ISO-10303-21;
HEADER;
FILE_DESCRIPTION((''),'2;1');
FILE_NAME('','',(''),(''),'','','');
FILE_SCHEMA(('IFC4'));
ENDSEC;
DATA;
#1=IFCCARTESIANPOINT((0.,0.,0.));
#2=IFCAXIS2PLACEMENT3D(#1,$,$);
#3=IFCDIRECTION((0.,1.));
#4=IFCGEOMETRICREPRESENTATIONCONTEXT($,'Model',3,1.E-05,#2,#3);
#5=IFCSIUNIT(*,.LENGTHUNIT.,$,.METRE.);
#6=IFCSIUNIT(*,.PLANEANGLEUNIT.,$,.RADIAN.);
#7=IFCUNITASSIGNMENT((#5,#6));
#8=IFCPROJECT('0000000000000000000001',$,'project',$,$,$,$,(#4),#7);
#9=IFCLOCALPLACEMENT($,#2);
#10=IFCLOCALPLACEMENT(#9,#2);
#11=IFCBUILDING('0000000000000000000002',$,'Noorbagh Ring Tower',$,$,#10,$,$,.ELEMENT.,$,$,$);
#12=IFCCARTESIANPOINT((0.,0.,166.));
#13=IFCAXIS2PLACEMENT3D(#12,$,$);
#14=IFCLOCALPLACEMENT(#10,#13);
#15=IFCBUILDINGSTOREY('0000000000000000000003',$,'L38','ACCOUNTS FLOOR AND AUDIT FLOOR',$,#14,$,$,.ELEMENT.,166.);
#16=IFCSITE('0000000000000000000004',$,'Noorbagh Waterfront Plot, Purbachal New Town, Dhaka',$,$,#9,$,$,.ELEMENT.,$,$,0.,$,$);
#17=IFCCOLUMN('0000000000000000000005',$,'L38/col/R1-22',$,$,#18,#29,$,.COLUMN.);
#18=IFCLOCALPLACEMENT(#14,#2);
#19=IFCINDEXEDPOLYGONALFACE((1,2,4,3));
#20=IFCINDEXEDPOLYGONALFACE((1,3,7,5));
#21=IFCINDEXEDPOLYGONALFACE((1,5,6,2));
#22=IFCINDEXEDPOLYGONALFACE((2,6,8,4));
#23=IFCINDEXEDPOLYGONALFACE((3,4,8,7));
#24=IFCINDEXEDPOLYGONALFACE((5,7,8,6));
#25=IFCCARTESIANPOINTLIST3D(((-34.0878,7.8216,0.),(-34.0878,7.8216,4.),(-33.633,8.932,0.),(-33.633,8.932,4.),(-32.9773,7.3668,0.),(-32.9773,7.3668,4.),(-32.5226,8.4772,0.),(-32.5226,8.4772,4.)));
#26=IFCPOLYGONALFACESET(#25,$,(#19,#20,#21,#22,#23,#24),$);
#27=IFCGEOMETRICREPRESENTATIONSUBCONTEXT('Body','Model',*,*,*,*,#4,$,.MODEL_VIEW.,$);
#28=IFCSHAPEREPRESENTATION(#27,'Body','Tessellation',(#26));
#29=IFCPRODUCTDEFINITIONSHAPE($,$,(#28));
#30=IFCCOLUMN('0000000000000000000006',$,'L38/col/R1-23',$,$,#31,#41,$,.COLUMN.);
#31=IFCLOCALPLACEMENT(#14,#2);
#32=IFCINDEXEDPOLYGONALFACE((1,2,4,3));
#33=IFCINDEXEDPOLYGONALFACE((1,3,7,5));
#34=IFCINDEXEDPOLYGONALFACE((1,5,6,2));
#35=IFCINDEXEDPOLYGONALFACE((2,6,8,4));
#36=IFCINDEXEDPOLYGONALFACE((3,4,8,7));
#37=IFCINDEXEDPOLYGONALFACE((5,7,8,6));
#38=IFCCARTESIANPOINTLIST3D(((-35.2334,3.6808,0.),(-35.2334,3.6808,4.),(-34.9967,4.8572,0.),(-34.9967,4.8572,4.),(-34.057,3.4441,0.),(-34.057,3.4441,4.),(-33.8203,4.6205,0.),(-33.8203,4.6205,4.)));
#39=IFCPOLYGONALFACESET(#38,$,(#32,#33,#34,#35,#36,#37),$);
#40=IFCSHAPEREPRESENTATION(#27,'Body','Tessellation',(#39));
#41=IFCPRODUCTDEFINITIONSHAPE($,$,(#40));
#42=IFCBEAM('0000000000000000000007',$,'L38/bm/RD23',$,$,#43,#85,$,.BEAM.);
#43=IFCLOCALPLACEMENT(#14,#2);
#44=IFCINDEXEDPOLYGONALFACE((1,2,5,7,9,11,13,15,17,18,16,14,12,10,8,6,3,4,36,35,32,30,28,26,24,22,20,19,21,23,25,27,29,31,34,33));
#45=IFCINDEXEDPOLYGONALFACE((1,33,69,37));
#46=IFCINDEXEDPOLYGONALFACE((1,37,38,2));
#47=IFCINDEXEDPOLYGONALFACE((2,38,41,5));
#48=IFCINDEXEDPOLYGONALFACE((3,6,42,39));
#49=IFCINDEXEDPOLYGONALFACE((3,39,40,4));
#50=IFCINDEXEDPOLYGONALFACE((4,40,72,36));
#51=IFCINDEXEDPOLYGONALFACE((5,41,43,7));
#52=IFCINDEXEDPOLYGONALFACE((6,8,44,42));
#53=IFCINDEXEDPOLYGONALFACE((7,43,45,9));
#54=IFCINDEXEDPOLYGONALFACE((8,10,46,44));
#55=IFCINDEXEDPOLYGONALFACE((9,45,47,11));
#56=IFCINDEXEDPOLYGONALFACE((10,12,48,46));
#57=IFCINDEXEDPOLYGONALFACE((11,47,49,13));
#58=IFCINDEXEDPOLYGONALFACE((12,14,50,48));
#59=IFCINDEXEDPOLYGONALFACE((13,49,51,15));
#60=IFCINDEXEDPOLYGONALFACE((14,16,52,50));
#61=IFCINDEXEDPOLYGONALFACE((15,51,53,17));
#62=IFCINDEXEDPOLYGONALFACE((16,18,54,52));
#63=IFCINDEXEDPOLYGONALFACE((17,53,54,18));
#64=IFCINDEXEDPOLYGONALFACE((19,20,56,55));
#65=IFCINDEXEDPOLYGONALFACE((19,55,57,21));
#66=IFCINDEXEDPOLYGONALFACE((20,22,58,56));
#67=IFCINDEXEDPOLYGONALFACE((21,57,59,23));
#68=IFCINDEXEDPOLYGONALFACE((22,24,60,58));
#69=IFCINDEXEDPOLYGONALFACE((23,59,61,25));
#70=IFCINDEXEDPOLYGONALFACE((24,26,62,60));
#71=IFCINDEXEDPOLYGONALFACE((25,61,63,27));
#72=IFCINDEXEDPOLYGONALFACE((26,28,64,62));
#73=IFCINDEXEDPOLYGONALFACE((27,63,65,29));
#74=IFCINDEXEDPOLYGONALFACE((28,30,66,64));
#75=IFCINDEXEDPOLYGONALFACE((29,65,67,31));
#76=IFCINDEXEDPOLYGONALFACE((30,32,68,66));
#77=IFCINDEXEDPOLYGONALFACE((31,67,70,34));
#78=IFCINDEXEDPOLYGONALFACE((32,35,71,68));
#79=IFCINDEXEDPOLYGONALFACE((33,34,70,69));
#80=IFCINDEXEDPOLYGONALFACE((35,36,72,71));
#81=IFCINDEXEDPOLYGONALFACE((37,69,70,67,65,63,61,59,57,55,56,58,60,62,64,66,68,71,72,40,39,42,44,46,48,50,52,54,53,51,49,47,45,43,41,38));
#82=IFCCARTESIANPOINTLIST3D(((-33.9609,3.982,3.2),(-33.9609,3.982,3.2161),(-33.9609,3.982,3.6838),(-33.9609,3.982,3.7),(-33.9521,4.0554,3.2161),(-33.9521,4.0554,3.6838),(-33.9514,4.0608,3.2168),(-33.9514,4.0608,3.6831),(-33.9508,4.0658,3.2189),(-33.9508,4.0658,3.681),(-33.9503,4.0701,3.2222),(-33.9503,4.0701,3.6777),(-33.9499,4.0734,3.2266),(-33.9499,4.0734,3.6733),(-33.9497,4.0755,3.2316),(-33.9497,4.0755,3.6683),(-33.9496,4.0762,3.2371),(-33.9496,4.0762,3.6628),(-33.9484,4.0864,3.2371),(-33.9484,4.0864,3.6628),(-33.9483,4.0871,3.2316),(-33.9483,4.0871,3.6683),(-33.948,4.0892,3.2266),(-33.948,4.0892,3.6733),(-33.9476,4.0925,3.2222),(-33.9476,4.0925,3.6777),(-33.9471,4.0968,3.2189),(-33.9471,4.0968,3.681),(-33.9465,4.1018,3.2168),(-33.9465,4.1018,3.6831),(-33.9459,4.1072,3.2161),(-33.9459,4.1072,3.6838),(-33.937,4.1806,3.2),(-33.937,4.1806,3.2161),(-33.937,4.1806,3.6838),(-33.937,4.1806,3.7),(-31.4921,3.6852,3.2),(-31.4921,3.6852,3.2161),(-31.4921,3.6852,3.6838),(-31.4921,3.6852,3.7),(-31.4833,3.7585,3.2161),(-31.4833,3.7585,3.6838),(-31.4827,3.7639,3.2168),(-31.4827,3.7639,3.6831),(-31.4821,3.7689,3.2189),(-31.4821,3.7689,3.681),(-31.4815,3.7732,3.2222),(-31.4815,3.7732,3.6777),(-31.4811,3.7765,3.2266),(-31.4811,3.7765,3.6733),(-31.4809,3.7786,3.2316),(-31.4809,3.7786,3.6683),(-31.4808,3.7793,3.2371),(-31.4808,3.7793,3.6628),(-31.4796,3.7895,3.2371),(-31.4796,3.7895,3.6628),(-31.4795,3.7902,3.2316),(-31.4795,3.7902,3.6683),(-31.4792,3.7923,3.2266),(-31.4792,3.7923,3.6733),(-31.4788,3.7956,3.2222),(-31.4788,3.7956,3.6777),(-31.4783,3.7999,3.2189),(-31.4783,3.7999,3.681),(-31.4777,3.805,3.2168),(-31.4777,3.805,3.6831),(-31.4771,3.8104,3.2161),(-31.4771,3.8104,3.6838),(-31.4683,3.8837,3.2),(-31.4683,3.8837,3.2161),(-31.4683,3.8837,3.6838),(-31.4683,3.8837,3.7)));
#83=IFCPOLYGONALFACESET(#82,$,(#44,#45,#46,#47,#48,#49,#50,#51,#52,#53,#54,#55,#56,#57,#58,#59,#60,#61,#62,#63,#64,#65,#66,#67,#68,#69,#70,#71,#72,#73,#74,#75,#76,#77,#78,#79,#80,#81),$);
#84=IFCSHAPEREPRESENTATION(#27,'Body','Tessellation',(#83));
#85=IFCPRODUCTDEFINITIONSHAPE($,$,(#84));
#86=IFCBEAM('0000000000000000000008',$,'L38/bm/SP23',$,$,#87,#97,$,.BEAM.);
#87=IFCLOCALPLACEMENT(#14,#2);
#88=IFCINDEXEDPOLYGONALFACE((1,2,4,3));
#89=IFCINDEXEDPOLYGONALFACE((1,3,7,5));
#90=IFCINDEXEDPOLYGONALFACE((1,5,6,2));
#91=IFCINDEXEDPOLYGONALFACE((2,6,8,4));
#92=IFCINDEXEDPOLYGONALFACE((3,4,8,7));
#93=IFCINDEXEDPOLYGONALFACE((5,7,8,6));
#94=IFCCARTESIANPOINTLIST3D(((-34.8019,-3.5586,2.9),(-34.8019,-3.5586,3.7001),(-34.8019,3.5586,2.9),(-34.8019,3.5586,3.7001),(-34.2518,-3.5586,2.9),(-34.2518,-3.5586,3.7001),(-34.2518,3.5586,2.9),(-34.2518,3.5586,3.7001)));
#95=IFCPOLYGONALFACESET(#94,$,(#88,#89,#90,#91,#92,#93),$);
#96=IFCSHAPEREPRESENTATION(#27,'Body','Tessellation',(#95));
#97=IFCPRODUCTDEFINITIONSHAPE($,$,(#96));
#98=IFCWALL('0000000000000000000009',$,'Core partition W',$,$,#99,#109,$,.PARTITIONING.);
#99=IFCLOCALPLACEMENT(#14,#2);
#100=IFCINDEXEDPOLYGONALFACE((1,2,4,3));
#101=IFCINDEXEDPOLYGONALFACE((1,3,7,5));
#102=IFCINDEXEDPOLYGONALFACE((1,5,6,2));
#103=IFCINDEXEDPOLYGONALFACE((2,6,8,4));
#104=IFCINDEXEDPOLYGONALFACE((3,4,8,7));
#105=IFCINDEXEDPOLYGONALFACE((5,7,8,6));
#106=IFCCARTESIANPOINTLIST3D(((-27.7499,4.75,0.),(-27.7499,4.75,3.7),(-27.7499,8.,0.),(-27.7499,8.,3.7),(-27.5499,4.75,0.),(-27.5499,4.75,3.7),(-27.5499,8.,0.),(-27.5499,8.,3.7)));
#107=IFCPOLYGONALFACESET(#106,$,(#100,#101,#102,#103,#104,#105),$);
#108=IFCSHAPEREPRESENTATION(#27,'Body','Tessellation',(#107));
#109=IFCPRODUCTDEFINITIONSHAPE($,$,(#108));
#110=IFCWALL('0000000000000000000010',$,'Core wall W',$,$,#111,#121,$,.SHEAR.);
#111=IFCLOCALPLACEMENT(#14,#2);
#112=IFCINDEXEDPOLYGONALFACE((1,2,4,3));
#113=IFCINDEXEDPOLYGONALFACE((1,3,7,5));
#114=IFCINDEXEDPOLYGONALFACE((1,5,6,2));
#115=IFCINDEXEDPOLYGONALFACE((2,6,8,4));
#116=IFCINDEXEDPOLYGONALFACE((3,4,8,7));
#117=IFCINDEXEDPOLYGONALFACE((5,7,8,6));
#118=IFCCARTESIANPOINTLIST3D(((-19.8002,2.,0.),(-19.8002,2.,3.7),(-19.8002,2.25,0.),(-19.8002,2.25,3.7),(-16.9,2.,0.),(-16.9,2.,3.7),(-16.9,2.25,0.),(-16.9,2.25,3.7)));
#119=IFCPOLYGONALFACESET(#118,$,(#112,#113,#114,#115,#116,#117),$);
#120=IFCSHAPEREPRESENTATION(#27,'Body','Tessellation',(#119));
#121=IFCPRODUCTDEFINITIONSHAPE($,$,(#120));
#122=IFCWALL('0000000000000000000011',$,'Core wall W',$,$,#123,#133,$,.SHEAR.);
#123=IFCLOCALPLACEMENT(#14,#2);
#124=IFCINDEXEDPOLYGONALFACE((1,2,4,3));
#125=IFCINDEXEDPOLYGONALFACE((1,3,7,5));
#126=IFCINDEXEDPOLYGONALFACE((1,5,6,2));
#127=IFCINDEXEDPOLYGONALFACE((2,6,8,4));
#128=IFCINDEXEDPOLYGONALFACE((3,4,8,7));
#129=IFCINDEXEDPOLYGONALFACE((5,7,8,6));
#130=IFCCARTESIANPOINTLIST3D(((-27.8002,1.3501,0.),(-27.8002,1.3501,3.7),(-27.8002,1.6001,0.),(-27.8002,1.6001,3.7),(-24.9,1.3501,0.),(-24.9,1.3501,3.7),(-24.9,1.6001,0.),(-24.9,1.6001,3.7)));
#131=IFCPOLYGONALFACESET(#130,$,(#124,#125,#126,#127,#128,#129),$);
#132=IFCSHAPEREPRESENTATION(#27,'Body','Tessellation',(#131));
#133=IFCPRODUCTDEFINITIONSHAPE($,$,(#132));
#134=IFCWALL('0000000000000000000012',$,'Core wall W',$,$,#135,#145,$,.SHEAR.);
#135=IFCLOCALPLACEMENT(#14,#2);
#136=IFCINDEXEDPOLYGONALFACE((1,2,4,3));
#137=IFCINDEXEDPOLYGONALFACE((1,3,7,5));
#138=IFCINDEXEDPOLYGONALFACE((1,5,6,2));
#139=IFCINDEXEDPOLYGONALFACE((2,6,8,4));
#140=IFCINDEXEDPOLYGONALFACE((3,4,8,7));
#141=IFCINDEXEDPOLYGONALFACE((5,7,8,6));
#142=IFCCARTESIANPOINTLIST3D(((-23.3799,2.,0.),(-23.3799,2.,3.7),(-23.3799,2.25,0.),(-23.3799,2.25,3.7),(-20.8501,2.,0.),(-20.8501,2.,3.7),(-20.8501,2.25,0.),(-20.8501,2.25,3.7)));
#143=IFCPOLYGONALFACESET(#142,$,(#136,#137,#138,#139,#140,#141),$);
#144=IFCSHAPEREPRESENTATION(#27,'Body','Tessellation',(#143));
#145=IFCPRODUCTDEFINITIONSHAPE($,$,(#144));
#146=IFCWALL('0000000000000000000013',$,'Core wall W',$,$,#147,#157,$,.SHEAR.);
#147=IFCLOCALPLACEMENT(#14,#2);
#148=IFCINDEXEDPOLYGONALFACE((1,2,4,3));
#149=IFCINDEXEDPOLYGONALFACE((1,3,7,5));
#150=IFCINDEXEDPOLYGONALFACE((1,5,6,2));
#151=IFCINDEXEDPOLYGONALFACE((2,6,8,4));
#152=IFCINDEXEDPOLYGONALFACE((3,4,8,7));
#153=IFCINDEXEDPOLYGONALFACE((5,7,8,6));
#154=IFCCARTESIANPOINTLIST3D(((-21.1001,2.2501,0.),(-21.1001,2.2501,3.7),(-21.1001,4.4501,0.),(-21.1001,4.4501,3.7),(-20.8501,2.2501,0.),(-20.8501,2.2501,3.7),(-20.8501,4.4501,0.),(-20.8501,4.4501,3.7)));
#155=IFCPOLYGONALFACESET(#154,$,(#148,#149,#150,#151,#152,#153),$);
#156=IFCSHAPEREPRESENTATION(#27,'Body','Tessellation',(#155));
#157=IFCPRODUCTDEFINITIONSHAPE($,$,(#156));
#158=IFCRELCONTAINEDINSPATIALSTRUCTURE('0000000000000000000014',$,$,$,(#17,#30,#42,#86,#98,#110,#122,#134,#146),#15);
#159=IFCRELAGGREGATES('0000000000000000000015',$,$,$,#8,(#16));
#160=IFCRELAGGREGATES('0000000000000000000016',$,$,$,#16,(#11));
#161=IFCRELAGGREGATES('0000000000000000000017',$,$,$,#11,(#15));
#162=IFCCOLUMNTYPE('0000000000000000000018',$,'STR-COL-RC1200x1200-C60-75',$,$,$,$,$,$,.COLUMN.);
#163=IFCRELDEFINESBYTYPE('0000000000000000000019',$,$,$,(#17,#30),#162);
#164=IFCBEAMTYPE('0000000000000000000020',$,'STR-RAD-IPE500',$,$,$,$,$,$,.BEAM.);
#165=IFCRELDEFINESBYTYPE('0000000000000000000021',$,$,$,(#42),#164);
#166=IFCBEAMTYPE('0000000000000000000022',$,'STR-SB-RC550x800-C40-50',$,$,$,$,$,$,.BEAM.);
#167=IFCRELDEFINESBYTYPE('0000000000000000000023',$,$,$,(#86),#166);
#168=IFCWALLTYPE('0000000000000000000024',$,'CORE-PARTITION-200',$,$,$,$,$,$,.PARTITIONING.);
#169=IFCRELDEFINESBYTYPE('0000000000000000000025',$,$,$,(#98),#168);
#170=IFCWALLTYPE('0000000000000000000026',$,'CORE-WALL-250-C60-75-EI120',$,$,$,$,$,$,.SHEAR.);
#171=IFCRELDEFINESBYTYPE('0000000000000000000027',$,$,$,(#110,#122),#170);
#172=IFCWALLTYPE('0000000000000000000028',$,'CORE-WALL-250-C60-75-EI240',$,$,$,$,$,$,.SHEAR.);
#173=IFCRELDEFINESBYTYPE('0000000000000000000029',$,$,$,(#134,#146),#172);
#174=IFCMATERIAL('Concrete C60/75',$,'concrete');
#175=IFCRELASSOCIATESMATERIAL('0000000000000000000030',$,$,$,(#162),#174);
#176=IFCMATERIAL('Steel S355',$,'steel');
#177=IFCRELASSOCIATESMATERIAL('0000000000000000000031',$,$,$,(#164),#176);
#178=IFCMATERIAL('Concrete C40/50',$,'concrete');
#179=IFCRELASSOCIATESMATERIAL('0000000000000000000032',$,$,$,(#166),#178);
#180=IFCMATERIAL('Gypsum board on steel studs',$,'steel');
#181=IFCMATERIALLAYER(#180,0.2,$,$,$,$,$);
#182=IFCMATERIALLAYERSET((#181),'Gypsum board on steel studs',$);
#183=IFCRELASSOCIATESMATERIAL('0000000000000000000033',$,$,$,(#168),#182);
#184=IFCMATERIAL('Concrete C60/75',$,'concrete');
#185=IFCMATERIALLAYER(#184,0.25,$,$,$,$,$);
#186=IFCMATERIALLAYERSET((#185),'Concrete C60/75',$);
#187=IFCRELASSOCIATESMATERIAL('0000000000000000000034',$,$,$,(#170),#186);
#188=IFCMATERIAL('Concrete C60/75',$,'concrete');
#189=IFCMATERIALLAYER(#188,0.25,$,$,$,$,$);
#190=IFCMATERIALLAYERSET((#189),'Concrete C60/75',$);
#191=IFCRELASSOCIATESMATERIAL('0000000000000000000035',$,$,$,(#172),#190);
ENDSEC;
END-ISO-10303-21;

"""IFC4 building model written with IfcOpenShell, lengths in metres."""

from ifc_helpers import new_model, si_unit, direction, frame, frame_2d, origin, origin_2d, place, context, subcontext, project, spatial, rectangle, i_section, extrude, material, layer, layer_set, material_profile, profile_set, type_object, element, save


model = new_model("IFC4")

# Units and contexts
model_context = context("Model", 3, precision=1e-05, world=origin(), true_north=direction((0.0, 1.0)))
body_context = subcontext(model_context, "Body", "Model", "MODEL_VIEW")
ifc_project = project(units=[si_unit("LENGTHUNIT", "METRE"), si_unit("PLANEANGLEUNIT", "RADIAN")], contexts=[model_context])

# Site, building, storey
site_placement = place(None, origin())
site = spatial("IfcSite", under=ifc_project, at=site_placement, Name="Noorbagh Waterfront Plot, Purbachal New Town, Dhaka", CompositionType="ELEMENT", RefElevation=0.0)
building_placement = place(site_placement, origin())
building = spatial("IfcBuilding", under=site, at=building_placement, Name="Noorbagh Ring Tower", CompositionType="ELEMENT")
storey_placement = place(building_placement, frame((0.0, 0.0, 166.0)))
storey = spatial("IfcBuildingStorey", under=building, at=storey_placement, Name="L38", Description="ACCOUNTS FLOOR AND AUDIT FLOOR", CompositionType="ELEMENT", Elevation=166.0)

# Columns
ifc_material_1 = material(Name="Concrete C60/75", Category="concrete")
ifc_material_profile_1 = material_profile(ifc_material_1, rectangle(XDim=1.2, YDim=1.2, at=origin_2d()), Name="RC1200x1200")
ifc_profile_set_1 = profile_set([ifc_material_profile_1], Name="Concrete C60/75")
column_type = type_object("IfcColumnType", Name="STR-COL-RC1200x1200-C60-75", PredefinedType="COLUMN", material=ifc_profile_set_1)
for number, where, z_axis, x_axis, name in (
    (1, (-33.3052, 8.1494, 0.0), (0.0, 0.0, 1.0), (-0.378989, -0.925401, 0.0), "L38/col/R1-22"),
    (2, (-34.5269, 4.1506, 0.0), (0.0, 0.0, 1.0), (-0.19723, -0.980357, 0.0), "L38/col/R1-23"),
):
    element("IfcColumn", number, at=place(storey_placement, frame(where, z_axis=z_axis, x_axis=x_axis)), inside=storey, type_object=column_type, Name=name, PredefinedType="COLUMN", context=body_context, shape_type="SweptSolid", body=[
        extrude(rectangle(XDim=1.2, YDim=1.2, at=origin_2d()), origin(), (0.0, 0.0, 1.0), 4.0),
    ])

# Beams
ifc_material_2 = material(Name="Steel S355", Category="steel")
ifc_material_profile_2 = material_profile(ifc_material_2, i_section(OverallWidth=0.2, OverallDepth=0.5, WebThickness=0.0103, FlangeThickness=0.0161, FilletRadius=0.021, at=origin_2d()), Name="IPE500")
ifc_profile_set_2 = profile_set([ifc_material_profile_2], Name="Steel S355")
beam_type_1 = type_object("IfcBeamType", Name="STR-RAD-IPE500", PredefinedType="BEAM", material=ifc_profile_set_2)
beam_1_placement = place(storey_placement, frame((-33.949, 4.0813, 3.45), z_axis=(0.992847, -0.119393, 0.0), x_axis=(0.119393, 0.992847, 0.0)))
element("IfcBeam", 3, at=beam_1_placement, inside=storey, type_object=beam_type_1, Name="L38/bm/RD23", PredefinedType="BEAM", context=body_context, shape_type="SweptSolid", body=[
    extrude(i_section(OverallWidth=0.2, OverallDepth=0.5, WebThickness=0.0103, FlangeThickness=0.0161, FilletRadius=0.021, at=origin_2d()), origin(), (0.0, 0.0, 1.0), 2.4866),
])
ifc_material_3 = material(Name="Concrete C40/50", Category="concrete")
ifc_material_profile_3 = material_profile(ifc_material_3, rectangle(XDim=0.55, YDim=0.8, at=origin_2d()), Name="RC550x800")
ifc_profile_set_3 = profile_set([ifc_material_profile_3], Name="Concrete C40/50")
beam_type_2 = type_object("IfcBeamType", Name="STR-SB-RC550x800-C40-50", PredefinedType="BEAM", material=ifc_profile_set_3)
beam_2_placement = place(storey_placement, frame((-34.5269, 3.5586, 3.3), z_axis=(0.0, -1.0, 0.0), x_axis=(1.0, 0.0, 0.0)))
element("IfcBeam", 4, at=beam_2_placement, inside=storey, type_object=beam_type_2, Name="L38/bm/SP23", PredefinedType="BEAM", context=body_context, shape_type="SweptSolid", body=[
    extrude(rectangle(XDim=0.55, YDim=0.8, at=origin_2d()), origin(), (0.0, 0.0, 1.0), 7.1172),
])

# Walls
ifc_material_4 = material(Name="Gypsum board on steel studs", Category="steel")
ifc_layer_1 = layer(ifc_material_4, 0.2)
ifc_layer_set_1 = layer_set([ifc_layer_1], Name="Gypsum board on steel studs")
wall_type_1 = type_object("IfcWallType", Name="CORE-PARTITION-200", PredefinedType="PARTITIONING", material=ifc_layer_set_1)
wall_1_placement = place(storey_placement, frame((-27.6499, 4.75, 0.0), z_axis=(0.0, 0.0, 1.0), x_axis=(0.0, 1.0, 0.0)))
element("IfcWall", 5, at=wall_1_placement, inside=storey, type_object=wall_type_1, Name="Core partition W", PredefinedType="PARTITIONING", context=body_context, shape_type="SweptSolid", body=[
    extrude(rectangle(XDim=3.25, YDim=0.2, at=frame_2d((1.625, 0.0))), origin(), (0.0, 0.0, 1.0), 3.7),
])
ifc_material_5 = material(Name="Concrete C60/75", Category="concrete")
ifc_layer_2 = layer(ifc_material_5, 0.25)
ifc_layer_set_2 = layer_set([ifc_layer_2], Name="Concrete C60/75")
wall_type_2 = type_object("IfcWallType", Name="CORE-WALL-250-C60-75-EI120", PredefinedType="SHEAR", material=ifc_layer_set_2)
for number, where, z_axis, x_axis, name in (
    (6, (-16.8999, 2.125, 0.0), (0.0, 0.0, 1.0), (-1.0, 0.0, 0.0), "Core wall W"),
    (7, (-24.8999, 1.4751, 0.0), (0.0, 0.0, 1.0), (-1.0, 0.0, 0.0), "Core wall W"),
):
    element("IfcWall", number, at=place(storey_placement, frame(where, z_axis=z_axis, x_axis=x_axis)), inside=storey, type_object=wall_type_2, Name=name, PredefinedType="SHEAR", context=body_context, shape_type="SweptSolid", body=[
        extrude(rectangle(XDim=2.9001, YDim=0.25, at=frame_2d((1.4502, 0.0))), origin(), (0.0, 0.0, 1.0), 3.7),
    ])
ifc_material_6 = material(Name="Concrete C60/75", Category="concrete")
ifc_layer_3 = layer(ifc_material_6, 0.25)
ifc_layer_set_3 = layer_set([ifc_layer_3], Name="Concrete C60/75")
wall_type_3 = type_object("IfcWallType", Name="CORE-WALL-250-C60-75-EI240", PredefinedType="SHEAR", material=ifc_layer_set_3)
wall_2_placement = place(storey_placement, frame((-20.8501, 2.125, 0.0), z_axis=(0.0, 0.0, 1.0), x_axis=(-1.0, 0.0, 0.0)))
element("IfcWall", 8, at=wall_2_placement, inside=storey, type_object=wall_type_3, Name="Core wall W", PredefinedType="SHEAR", context=body_context, shape_type="SweptSolid", body=[
    extrude(rectangle(XDim=2.5298, YDim=0.25, at=frame_2d((1.2649, 0.0))), origin(), (0.0, 0.0, 1.0), 3.7),
])
wall_3_placement = place(storey_placement, frame((-20.9751, 2.25, 0.0), z_axis=(0.0, 0.0, 1.0), x_axis=(0.0, 1.0, 0.0)))
element("IfcWall", 9, at=wall_3_placement, inside=storey, type_object=wall_type_3, Name="Core wall W", PredefinedType="SHEAR", context=body_context, shape_type="SweptSolid", body=[
    extrude(rectangle(XDim=2.2, YDim=0.25, at=frame_2d((1.1001, 0.0))), origin(), (0.0, 0.0, 1.0), 3.7),
])

save(model, "model.ifc")
